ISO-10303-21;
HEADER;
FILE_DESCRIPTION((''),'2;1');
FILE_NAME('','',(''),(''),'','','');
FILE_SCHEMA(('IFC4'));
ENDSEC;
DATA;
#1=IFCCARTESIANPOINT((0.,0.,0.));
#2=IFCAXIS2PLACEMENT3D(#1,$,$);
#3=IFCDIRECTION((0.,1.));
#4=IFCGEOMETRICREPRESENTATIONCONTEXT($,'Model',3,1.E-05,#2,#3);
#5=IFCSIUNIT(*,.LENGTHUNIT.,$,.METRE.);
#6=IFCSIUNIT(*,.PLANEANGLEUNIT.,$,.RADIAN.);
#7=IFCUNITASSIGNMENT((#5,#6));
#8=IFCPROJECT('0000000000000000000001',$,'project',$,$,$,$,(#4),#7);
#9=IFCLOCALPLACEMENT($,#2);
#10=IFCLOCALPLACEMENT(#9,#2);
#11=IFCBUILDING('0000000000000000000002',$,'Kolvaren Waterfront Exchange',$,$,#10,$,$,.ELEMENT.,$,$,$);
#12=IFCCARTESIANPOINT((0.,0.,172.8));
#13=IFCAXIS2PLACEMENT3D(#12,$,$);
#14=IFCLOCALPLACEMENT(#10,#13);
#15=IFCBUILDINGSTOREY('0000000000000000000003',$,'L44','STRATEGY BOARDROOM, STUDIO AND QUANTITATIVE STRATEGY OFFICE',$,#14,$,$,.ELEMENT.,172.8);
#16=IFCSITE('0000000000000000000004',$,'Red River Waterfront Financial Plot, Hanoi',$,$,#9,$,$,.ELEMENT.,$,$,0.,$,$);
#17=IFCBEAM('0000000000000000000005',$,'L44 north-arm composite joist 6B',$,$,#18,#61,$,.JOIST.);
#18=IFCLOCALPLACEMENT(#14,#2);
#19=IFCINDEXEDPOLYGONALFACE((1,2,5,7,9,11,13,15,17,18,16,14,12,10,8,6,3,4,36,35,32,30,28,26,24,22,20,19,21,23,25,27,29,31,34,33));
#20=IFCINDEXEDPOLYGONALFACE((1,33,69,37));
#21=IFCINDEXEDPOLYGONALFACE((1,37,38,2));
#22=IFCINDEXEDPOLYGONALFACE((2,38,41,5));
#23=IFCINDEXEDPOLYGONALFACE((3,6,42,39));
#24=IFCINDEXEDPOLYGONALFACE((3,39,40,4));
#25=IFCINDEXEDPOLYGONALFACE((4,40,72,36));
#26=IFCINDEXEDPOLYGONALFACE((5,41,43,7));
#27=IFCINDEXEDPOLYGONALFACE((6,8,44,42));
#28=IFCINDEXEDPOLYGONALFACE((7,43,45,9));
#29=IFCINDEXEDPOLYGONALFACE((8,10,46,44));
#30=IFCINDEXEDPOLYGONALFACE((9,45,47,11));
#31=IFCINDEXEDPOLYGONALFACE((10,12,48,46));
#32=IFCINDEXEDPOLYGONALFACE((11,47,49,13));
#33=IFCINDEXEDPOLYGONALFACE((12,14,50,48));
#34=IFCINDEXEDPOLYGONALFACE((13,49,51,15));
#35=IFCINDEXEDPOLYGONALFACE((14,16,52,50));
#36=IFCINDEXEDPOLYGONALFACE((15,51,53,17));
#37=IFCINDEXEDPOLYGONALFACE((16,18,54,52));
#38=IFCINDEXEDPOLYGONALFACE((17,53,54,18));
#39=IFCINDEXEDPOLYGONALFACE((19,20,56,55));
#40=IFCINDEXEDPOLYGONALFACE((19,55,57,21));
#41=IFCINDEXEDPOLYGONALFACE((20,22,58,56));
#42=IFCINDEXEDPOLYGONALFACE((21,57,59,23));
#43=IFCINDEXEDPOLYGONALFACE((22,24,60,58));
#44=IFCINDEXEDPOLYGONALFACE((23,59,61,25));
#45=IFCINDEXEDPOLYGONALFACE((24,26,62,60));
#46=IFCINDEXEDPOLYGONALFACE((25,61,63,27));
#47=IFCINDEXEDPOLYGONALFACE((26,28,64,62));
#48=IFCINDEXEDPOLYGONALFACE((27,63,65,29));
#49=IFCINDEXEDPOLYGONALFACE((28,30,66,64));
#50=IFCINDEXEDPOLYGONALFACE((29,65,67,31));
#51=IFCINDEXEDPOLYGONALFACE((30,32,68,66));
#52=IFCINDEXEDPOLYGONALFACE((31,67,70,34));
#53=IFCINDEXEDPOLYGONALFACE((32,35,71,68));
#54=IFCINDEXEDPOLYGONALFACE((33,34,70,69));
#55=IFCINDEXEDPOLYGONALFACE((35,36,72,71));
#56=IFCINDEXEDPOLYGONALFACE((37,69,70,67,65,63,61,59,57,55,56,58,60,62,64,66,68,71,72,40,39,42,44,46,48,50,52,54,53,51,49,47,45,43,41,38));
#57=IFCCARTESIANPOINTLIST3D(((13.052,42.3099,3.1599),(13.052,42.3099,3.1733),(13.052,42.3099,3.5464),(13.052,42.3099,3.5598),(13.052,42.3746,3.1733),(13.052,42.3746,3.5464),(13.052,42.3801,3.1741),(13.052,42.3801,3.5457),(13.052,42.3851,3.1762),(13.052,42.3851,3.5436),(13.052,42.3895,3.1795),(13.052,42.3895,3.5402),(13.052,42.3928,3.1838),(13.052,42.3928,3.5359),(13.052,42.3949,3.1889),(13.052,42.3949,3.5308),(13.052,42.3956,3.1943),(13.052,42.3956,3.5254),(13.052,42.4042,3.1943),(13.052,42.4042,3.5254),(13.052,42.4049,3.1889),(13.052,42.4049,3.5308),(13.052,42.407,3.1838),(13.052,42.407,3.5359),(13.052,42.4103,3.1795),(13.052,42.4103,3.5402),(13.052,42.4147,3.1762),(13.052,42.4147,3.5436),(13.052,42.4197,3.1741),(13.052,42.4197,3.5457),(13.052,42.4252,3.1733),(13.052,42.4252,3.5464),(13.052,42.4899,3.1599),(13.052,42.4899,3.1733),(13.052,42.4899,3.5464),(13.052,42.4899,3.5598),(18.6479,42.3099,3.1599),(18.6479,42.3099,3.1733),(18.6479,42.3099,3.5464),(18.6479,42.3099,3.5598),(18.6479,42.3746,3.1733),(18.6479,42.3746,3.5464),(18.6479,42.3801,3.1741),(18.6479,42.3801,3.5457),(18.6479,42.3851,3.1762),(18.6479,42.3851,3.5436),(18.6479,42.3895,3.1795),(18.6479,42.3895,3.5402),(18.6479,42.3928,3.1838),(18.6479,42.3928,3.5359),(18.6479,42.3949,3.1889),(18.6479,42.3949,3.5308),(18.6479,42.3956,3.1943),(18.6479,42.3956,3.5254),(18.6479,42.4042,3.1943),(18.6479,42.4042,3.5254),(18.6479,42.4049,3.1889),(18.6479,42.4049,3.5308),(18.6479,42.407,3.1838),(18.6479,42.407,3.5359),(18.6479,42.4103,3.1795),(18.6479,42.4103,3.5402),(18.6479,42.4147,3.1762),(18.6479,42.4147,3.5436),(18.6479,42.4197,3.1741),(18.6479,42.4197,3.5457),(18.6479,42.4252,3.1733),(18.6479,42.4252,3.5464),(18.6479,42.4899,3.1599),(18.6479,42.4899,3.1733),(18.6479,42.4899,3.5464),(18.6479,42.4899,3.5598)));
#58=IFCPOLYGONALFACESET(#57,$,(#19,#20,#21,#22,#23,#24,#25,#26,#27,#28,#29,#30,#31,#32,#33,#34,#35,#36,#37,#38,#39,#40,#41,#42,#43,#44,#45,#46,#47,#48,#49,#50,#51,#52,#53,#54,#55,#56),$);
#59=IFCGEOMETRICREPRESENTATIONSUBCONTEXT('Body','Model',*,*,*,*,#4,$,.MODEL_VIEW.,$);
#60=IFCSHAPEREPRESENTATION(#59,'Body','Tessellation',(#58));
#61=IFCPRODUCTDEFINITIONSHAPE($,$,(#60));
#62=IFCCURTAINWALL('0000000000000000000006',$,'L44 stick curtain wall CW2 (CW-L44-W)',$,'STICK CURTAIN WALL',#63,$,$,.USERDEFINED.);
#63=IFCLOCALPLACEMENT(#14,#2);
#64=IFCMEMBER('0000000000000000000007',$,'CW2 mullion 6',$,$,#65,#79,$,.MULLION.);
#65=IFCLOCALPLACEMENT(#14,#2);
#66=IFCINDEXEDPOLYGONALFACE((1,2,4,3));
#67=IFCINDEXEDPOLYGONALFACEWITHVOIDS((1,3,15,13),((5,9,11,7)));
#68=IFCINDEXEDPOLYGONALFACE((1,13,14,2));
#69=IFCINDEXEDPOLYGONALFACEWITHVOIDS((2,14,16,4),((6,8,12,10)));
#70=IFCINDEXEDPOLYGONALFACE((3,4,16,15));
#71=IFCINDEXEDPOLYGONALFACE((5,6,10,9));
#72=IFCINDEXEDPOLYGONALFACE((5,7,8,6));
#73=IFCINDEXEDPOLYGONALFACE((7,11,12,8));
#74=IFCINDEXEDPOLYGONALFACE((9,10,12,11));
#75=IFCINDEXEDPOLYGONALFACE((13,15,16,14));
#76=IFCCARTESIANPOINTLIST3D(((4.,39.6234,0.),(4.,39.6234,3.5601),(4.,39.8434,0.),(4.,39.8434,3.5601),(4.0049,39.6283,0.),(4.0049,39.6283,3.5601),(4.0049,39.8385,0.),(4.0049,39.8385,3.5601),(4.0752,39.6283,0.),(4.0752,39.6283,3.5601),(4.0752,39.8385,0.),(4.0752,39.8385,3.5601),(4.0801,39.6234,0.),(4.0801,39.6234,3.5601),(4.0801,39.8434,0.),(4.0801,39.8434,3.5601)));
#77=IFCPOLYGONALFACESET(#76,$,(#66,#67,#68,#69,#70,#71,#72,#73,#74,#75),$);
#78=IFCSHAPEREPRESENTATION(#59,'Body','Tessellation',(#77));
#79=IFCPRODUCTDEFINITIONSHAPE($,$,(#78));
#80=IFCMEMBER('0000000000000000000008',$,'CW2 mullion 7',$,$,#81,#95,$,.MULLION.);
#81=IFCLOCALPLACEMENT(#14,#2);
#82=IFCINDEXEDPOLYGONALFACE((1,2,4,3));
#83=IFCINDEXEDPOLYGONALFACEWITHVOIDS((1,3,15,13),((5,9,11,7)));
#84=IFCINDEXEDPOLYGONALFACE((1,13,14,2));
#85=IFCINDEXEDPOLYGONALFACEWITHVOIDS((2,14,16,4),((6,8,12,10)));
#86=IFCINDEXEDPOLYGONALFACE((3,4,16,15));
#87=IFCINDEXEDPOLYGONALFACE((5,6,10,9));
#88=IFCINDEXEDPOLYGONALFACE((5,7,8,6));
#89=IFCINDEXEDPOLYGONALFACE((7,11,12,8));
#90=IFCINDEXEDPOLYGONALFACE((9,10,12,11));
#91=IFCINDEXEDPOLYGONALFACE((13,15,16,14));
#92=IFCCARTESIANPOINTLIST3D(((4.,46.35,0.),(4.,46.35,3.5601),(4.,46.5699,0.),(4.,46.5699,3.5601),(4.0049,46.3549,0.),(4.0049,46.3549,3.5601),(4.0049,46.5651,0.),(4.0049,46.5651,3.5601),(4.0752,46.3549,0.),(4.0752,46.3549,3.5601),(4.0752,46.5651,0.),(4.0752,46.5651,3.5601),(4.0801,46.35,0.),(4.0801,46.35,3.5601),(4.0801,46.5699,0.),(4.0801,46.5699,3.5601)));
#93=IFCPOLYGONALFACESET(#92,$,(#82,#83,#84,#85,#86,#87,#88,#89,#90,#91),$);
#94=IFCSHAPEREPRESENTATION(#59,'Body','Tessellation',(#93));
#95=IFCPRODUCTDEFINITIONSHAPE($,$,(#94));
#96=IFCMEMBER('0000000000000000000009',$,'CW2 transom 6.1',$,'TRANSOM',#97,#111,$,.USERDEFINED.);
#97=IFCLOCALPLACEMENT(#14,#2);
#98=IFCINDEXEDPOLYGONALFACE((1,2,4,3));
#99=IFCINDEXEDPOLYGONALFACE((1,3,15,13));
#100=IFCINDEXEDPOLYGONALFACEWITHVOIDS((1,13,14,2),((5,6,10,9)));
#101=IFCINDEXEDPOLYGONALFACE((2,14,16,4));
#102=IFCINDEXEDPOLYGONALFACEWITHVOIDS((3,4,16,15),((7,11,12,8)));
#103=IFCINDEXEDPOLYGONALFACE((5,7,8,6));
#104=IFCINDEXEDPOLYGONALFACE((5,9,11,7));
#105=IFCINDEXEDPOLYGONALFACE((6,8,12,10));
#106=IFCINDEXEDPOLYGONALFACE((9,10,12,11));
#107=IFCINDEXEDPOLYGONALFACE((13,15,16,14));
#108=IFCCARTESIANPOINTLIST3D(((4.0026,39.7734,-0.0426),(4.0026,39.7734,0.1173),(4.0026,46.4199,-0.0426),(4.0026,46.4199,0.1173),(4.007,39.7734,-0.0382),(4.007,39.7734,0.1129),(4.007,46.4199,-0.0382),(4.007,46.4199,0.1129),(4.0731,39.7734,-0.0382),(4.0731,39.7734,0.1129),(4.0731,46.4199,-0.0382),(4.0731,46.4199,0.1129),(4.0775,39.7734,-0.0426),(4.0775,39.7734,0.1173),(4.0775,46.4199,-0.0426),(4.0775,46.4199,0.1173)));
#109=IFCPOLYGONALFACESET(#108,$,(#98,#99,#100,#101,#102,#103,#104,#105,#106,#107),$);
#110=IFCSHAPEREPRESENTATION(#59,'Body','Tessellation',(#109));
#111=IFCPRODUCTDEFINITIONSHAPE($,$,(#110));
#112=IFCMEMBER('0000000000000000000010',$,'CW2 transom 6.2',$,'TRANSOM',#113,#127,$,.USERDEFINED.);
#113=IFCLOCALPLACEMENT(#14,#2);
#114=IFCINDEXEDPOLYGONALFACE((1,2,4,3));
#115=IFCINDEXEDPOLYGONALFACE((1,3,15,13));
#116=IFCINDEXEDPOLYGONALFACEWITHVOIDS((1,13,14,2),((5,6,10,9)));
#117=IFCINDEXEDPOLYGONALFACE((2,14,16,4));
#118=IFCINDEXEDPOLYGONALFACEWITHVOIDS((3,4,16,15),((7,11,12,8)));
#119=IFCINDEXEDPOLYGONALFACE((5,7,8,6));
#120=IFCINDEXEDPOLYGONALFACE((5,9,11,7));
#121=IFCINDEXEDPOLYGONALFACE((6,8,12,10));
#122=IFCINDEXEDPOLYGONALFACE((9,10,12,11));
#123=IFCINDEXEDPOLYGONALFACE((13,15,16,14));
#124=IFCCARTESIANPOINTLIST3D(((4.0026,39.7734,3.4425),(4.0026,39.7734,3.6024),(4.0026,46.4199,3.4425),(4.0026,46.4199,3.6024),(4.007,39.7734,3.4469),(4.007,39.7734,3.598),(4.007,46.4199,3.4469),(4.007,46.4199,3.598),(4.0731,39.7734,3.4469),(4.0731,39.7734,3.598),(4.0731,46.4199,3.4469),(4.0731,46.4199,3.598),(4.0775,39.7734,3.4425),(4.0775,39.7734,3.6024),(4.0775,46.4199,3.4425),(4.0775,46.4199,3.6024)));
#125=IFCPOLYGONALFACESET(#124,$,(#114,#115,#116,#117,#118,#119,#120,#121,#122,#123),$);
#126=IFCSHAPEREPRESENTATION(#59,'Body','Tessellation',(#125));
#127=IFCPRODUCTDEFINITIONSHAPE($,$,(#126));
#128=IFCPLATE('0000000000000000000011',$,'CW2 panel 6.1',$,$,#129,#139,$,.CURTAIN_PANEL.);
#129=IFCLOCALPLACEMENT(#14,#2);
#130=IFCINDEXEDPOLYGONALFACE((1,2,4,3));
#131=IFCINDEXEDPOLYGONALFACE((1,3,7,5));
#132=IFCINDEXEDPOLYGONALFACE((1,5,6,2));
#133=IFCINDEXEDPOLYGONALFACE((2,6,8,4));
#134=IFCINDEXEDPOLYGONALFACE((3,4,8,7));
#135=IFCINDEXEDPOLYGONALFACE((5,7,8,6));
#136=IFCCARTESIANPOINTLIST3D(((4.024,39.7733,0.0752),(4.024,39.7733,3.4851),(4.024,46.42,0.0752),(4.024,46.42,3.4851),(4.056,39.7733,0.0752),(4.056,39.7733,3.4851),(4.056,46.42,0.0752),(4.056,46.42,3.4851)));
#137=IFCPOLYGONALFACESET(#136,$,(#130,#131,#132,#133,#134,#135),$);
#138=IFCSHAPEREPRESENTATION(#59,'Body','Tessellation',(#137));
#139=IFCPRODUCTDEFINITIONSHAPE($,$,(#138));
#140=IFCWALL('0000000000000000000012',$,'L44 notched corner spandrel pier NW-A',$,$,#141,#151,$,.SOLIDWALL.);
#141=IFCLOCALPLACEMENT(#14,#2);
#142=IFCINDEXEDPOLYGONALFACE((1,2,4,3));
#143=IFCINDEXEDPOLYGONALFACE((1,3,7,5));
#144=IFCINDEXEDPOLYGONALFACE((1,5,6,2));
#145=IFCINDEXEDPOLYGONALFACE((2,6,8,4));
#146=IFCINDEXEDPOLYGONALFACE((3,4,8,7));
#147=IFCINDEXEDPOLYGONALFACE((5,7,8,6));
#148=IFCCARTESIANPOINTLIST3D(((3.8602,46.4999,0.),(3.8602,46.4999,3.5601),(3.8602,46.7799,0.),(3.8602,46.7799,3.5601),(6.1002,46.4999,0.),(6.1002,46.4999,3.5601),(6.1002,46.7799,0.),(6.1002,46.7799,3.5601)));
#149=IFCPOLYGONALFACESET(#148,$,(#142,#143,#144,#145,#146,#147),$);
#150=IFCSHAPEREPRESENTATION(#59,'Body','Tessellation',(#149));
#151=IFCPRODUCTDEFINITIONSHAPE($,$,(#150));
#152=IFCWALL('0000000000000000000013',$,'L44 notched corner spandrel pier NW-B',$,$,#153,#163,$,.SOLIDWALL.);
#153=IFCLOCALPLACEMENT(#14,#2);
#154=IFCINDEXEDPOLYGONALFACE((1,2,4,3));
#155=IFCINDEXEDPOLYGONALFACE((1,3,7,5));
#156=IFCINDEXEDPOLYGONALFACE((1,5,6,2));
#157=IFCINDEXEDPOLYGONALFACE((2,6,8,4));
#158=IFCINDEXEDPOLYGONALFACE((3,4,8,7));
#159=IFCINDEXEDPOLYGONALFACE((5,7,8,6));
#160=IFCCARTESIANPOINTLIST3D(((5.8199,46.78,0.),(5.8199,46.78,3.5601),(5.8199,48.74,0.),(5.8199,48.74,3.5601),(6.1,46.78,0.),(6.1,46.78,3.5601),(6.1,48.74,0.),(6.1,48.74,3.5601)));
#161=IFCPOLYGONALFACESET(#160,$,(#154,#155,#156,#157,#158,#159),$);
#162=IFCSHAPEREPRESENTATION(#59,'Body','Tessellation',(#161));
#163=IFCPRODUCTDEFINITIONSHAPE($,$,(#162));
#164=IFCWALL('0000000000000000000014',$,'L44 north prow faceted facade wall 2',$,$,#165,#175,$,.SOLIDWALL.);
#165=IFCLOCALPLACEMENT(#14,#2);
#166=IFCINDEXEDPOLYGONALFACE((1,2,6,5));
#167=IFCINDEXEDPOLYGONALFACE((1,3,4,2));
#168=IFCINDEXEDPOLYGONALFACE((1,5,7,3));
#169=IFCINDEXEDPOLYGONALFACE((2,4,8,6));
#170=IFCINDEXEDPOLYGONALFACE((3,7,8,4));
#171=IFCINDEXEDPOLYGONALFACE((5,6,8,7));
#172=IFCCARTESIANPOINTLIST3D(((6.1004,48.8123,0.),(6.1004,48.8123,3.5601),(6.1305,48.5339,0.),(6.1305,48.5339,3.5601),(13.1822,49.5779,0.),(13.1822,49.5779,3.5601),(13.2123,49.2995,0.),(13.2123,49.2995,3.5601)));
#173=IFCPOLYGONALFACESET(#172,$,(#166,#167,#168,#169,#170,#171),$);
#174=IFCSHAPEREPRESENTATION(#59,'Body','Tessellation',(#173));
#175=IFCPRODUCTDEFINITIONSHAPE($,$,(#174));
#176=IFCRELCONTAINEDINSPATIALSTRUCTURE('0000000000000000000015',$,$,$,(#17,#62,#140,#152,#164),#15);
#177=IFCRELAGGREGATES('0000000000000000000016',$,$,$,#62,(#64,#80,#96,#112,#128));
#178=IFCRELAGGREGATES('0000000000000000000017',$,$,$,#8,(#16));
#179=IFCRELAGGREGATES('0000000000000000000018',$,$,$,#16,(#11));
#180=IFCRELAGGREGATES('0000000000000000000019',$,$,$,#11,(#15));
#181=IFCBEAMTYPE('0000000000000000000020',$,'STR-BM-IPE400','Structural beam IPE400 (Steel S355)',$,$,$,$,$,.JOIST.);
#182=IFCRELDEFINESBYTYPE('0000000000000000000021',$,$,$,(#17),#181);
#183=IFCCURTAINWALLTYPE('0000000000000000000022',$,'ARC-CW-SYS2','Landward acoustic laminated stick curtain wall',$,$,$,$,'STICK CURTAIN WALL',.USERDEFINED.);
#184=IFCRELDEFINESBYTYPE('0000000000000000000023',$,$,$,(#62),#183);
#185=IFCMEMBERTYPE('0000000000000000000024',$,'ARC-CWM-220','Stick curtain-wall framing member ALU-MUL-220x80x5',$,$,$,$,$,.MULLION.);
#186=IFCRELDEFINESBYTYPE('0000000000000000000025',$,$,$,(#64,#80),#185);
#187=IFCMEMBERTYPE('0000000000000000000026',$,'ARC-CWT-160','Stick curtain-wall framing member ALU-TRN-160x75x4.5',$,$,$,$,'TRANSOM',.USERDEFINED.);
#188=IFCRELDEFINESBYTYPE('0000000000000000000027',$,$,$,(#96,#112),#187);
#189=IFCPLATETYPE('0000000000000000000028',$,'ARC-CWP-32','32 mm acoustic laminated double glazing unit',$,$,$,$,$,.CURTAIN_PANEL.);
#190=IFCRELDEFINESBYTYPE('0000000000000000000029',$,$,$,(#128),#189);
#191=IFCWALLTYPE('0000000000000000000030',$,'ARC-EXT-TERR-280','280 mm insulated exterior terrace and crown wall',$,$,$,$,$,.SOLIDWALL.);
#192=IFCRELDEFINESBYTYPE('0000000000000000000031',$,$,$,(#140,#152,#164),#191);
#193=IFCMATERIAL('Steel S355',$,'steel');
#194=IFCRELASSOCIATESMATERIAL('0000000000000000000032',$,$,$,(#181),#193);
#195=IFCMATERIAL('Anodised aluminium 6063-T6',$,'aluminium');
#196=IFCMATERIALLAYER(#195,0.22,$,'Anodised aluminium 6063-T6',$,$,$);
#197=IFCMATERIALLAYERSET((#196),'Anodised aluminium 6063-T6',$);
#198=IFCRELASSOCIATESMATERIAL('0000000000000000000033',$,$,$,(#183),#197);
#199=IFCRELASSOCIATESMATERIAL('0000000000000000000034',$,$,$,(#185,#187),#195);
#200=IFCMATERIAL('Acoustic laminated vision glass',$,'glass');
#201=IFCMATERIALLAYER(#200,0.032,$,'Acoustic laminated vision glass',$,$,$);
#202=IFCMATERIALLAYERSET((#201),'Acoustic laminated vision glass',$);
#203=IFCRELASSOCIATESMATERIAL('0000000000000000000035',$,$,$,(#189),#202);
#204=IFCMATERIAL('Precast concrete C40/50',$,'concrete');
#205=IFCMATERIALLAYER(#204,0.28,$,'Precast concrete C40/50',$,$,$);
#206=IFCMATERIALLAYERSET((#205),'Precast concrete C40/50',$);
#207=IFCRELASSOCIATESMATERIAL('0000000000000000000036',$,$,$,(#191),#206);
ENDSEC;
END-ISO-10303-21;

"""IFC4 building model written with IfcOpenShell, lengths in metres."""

from ifc_helpers import new_model, si_unit, direction, frame, frame_2d, origin, origin_with_axes, origin_2d, place, context, subcontext, project, spatial, rectangle, hollow_rectangle, i_section, extrude, source, transform, mapped, material, layer, layer_set, material_profile, profile_set, type_object, element, aggregate, save


model = new_model("IFC4")

# Units and contexts
model_context = context("Model", 3, precision=1e-05, world=origin(), true_north=direction((0.0, 1.0)))
body_context = subcontext(model_context, "Body", "Model", "MODEL_VIEW")
ifc_project = project(units=[si_unit("LENGTHUNIT", "METRE"), si_unit("PLANEANGLEUNIT", "RADIAN")], contexts=[model_context])

# Site, building, storey
site_placement = place(None, origin())
site = spatial("IfcSite", under=ifc_project, at=site_placement, Name="Red River Waterfront Financial Plot, Hanoi", CompositionType="ELEMENT", RefElevation=0.0)
building_placement = place(site_placement, origin())
building = spatial("IfcBuilding", under=site, at=building_placement, Name="Kolvaren Waterfront Exchange", CompositionType="ELEMENT")
storey_placement = place(building_placement, frame((0.0, 0.0, 172.8)))
storey = spatial("IfcBuildingStorey", under=building, at=storey_placement, Name="L44", Description="STRATEGY BOARDROOM, STUDIO AND QUANTITATIVE STRATEGY OFFICE", CompositionType="ELEMENT", Elevation=172.8)

# Beam
ifc_material_1 = material(Name="Steel S355", Category="steel")
ifc_material_profile_1 = material_profile(ifc_material_1, i_section(OverallWidth=0.1799, OverallDepth=0.3999, WebThickness=0.0085, FlangeThickness=0.0134, FilletRadius=0.021, at=origin_2d()), Name="IPE400")
ifc_profile_set_1 = profile_set([ifc_material_profile_1], Name="Steel S355")
beam_type_1 = type_object("IfcBeamType", Name="STR-BM-IPE400", Description="Structural beam IPE400 (Steel S355)", PredefinedType="JOIST", material=ifc_profile_set_1)
beam_1_placement = place(storey_placement, frame((13.052, 42.3999, 3.3599), z_axis=(1.0, 0.0, 0.0), x_axis=(0.0, 1.0, 0.0)))
element("IfcBeam", 1, at=beam_1_placement, inside=storey, type_object=beam_type_1, Name="L44 north-arm composite joist 6B", PredefinedType="JOIST", context=body_context, shape_type="SweptSolid", body=[
    extrude(i_section(OverallWidth=0.1799, OverallDepth=0.3999, WebThickness=0.0085, FlangeThickness=0.0134, FilletRadius=0.021, at=origin_2d()), origin(), (0.0, 0.0, 1.0), 5.5959),
])

# Curtain wall, members, plate
ifc_material_2 = material(Name="Anodised aluminium 6063-T6", Category="aluminium")
ifc_layer_1 = layer(ifc_material_2, 0.22, Name="Anodised aluminium 6063-T6")
ifc_layer_set_1 = layer_set([ifc_layer_1], Name="Anodised aluminium 6063-T6")
curtain_wall_type = type_object("IfcCurtainWallType", Name="ARC-CW-SYS2", Description="Landward acoustic laminated stick curtain wall", ElementType="STICK CURTAIN WALL", PredefinedType="USERDEFINED", material=ifc_layer_set_1)
curtain_wall_placement = place(storey_placement, origin())
curtain_wall = element("IfcCurtainWall", 2, at=curtain_wall_placement, inside=storey, type_object=curtain_wall_type, Name="L44 stick curtain wall CW2 (CW-L44-W)", ObjectType="STICK CURTAIN WALL", PredefinedType="USERDEFINED")
ifc_material_profile_2 = material_profile(ifc_material_2, hollow_rectangle(XDim=0.0801, YDim=0.22, WallThickness=0.0049, at=origin_2d()), Name="ALU-MUL-220x80x5")
ifc_profile_set_2 = profile_set([ifc_material_profile_2], Name="Anodised aluminium 6063-T6")
member_type_1 = type_object("IfcMemberType", Name="ARC-CWM-220", Description="Stick curtain-wall framing member ALU-MUL-220x80x5", PredefinedType="MULLION", material=ifc_profile_set_2)
shared_shape_1 = source(origin_with_axes(), body_context, "Body", "SweptSolid", [
    extrude(hollow_rectangle(XDim=0.0801, YDim=0.22, WallThickness=0.0049, at=origin_2d()), origin(), (0.0, 0.0, 1.0), 3.5601),
])
member_1_placement = place(storey_placement, frame((4.04, 39.7334, 0.0), z_axis=(0.0, 0.0, 1.0), x_axis=(-1.0, 0.0, 0.0)))
member_1 = element("IfcMember", 3, at=member_1_placement, type_object=member_type_1, Name="CW2 mullion 6", PredefinedType="MULLION", context=body_context, shape_type="MappedRepresentation", body=[
    mapped(shared_shape_1, transform((0.0, 0.0, 0.0), x_axis=(1.0, 0.0, 0.0), y_axis=(0.0, 1.0, 0.0), z_axis=(0.0, 0.0, 1.0), scale=1.0)),
])
member_2_placement = place(storey_placement, frame((4.04, 46.46, 0.0), z_axis=(0.0, 0.0, 1.0), x_axis=(-1.0, 0.0, 0.0)))
member_2 = element("IfcMember", 4, at=member_2_placement, type_object=member_type_1, Name="CW2 mullion 7", PredefinedType="MULLION", context=body_context, shape_type="MappedRepresentation", body=[
    mapped(shared_shape_1, transform((0.0, 0.0, 0.0), x_axis=(1.0, 0.0, 0.0), y_axis=(0.0, 1.0, 0.0), z_axis=(0.0, 0.0, 1.0), scale=1.0)),
])
ifc_material_profile_3 = material_profile(ifc_material_2, hollow_rectangle(XDim=0.075, YDim=0.1599, WallThickness=0.0044, at=origin_2d()), Name="ALU-TRN-160x75x4.5")
ifc_profile_set_3 = profile_set([ifc_material_profile_3], Name="Anodised aluminium 6063-T6")
member_type_2 = type_object("IfcMemberType", Name="ARC-CWT-160", Description="Stick curtain-wall framing member ALU-TRN-160x75x4.5", ElementType="TRANSOM", PredefinedType="USERDEFINED", material=ifc_profile_set_3)
shared_shape_2 = source(origin_with_axes(), body_context, "Body", "SweptSolid", [
    extrude(hollow_rectangle(XDim=0.075, YDim=0.1599, WallThickness=0.0044, at=origin_2d()), origin(), (0.0, 0.0, 1.0), 6.6465),
])
member_3_placement = place(storey_placement, frame((4.04, 39.7734, 0.0374), z_axis=(0.0, 1.0, 0.0), x_axis=(-1.0, 0.0, 0.0)))
member_3 = element("IfcMember", 5, at=member_3_placement, type_object=member_type_2, Name="CW2 transom 6.1", ObjectType="TRANSOM", PredefinedType="USERDEFINED", context=body_context, shape_type="MappedRepresentation", body=[
    mapped(shared_shape_2, transform((0.0, 0.0, 0.0), x_axis=(1.0, 0.0, 0.0), y_axis=(0.0, 1.0, 0.0), z_axis=(0.0, 0.0, 1.0), scale=1.0)),
])
member_4_placement = place(storey_placement, frame((4.04, 39.7734, 3.5225), z_axis=(0.0, 1.0, 0.0), x_axis=(-1.0, 0.0, 0.0)))
member_4 = element("IfcMember", 6, at=member_4_placement, type_object=member_type_2, Name="CW2 transom 6.2", ObjectType="TRANSOM", PredefinedType="USERDEFINED", context=body_context, shape_type="MappedRepresentation", body=[
    mapped(shared_shape_2, transform((0.0, 0.0, 0.0), x_axis=(1.0, 0.0, 0.0), y_axis=(0.0, 1.0, 0.0), z_axis=(0.0, 0.0, 1.0), scale=1.0)),
])
ifc_material_3 = material(Name="Acoustic laminated vision glass", Category="glass")
ifc_layer_2 = layer(ifc_material_3, 0.032, Name="Acoustic laminated vision glass")
ifc_layer_set_2 = layer_set([ifc_layer_2], Name="Acoustic laminated vision glass")
plate_type = type_object("IfcPlateType", Name="ARC-CWP-32", Description="32 mm acoustic laminated double glazing unit", PredefinedType="CURTAIN_PANEL", material=ifc_layer_set_2)
shared_shape_3 = source(origin_with_axes(), body_context, "Body", "SweptSolid", [
    extrude(rectangle(XDim=6.6467, YDim=0.032, at=origin_2d()), origin(), (0.0, 0.0, 1.0), 3.4099),
])
plate_placement = place(storey_placement, frame((4.04, 43.0967, 0.0752), z_axis=(0.0, 0.0, 1.0), x_axis=(0.0, 1.0, 0.0)))
plate = element("IfcPlate", 7, at=plate_placement, type_object=plate_type, Name="CW2 panel 6.1", PredefinedType="CURTAIN_PANEL", context=body_context, shape_type="MappedRepresentation", body=[
    mapped(shared_shape_3, transform((0.0, 0.0, 0.0), x_axis=(1.0, 0.0, 0.0), y_axis=(0.0, 1.0, 0.0), z_axis=(0.0, 0.0, 1.0), scale=1.0)),
])
aggregate(curtain_wall, [member_1, member_2, member_3, member_4, plate])

# Walls
ifc_material_4 = material(Name="Precast concrete C40/50", Category="concrete")
ifc_layer_3 = layer(ifc_material_4, 0.28, Name="Precast concrete C40/50")
ifc_layer_set_3 = layer_set([ifc_layer_3], Name="Precast concrete C40/50")
wall_type_1 = type_object("IfcWallType", Name="ARC-EXT-TERR-280", Description="280 mm insulated exterior terrace and crown wall", PredefinedType="SOLIDWALL", material=ifc_layer_set_3)
wall_1_placement = place(storey_placement, frame((3.8601, 46.6399, 0.0), z_axis=(0.0, 0.0, 1.0), x_axis=(1.0, 0.0, 0.0)))
element("IfcWall", 8, at=wall_1_placement, inside=storey, type_object=wall_type_1, Name="L44 notched corner spandrel pier NW-A", PredefinedType="SOLIDWALL", context=body_context, shape_type="SweptSolid", body=[
    extrude(rectangle(XDim=2.24, YDim=0.28, at=frame_2d((1.1201, 0.0))), origin(), (0.0, 0.0, 1.0), 3.5601),
])
wall_2_placement = place(storey_placement, frame((5.96, 46.78, 0.0), z_axis=(0.0, 0.0, 1.0), x_axis=(0.0, 1.0, 0.0)))
element("IfcWall", 9, at=wall_2_placement, inside=storey, type_object=wall_type_1, Name="L44 notched corner spandrel pier NW-B", PredefinedType="SOLIDWALL", context=body_context, shape_type="SweptSolid", body=[
    extrude(rectangle(XDim=1.96, YDim=0.28, at=frame_2d((0.98, 0.0))), origin(), (0.0, 0.0, 1.0), 3.5601),
])
wall_3_placement = place(storey_placement, frame((13.1973, 49.4387, 0.0), z_axis=(0.0, 0.0, 1.0), x_axis=(-0.994207, -0.107486, 0.0)))
element("IfcWall", 10, at=wall_3_placement, inside=storey, type_object=wall_type_1, Name="L44 north prow faceted facade wall 2", PredefinedType="SOLIDWALL", context=body_context, shape_type="SweptSolid", body=[
    extrude(rectangle(XDim=7.123, YDim=0.28, at=frame_2d((3.5615, 0.0))), origin(), (0.0, 0.0, 1.0), 3.5601),
])

save(model, "model.ifc")
